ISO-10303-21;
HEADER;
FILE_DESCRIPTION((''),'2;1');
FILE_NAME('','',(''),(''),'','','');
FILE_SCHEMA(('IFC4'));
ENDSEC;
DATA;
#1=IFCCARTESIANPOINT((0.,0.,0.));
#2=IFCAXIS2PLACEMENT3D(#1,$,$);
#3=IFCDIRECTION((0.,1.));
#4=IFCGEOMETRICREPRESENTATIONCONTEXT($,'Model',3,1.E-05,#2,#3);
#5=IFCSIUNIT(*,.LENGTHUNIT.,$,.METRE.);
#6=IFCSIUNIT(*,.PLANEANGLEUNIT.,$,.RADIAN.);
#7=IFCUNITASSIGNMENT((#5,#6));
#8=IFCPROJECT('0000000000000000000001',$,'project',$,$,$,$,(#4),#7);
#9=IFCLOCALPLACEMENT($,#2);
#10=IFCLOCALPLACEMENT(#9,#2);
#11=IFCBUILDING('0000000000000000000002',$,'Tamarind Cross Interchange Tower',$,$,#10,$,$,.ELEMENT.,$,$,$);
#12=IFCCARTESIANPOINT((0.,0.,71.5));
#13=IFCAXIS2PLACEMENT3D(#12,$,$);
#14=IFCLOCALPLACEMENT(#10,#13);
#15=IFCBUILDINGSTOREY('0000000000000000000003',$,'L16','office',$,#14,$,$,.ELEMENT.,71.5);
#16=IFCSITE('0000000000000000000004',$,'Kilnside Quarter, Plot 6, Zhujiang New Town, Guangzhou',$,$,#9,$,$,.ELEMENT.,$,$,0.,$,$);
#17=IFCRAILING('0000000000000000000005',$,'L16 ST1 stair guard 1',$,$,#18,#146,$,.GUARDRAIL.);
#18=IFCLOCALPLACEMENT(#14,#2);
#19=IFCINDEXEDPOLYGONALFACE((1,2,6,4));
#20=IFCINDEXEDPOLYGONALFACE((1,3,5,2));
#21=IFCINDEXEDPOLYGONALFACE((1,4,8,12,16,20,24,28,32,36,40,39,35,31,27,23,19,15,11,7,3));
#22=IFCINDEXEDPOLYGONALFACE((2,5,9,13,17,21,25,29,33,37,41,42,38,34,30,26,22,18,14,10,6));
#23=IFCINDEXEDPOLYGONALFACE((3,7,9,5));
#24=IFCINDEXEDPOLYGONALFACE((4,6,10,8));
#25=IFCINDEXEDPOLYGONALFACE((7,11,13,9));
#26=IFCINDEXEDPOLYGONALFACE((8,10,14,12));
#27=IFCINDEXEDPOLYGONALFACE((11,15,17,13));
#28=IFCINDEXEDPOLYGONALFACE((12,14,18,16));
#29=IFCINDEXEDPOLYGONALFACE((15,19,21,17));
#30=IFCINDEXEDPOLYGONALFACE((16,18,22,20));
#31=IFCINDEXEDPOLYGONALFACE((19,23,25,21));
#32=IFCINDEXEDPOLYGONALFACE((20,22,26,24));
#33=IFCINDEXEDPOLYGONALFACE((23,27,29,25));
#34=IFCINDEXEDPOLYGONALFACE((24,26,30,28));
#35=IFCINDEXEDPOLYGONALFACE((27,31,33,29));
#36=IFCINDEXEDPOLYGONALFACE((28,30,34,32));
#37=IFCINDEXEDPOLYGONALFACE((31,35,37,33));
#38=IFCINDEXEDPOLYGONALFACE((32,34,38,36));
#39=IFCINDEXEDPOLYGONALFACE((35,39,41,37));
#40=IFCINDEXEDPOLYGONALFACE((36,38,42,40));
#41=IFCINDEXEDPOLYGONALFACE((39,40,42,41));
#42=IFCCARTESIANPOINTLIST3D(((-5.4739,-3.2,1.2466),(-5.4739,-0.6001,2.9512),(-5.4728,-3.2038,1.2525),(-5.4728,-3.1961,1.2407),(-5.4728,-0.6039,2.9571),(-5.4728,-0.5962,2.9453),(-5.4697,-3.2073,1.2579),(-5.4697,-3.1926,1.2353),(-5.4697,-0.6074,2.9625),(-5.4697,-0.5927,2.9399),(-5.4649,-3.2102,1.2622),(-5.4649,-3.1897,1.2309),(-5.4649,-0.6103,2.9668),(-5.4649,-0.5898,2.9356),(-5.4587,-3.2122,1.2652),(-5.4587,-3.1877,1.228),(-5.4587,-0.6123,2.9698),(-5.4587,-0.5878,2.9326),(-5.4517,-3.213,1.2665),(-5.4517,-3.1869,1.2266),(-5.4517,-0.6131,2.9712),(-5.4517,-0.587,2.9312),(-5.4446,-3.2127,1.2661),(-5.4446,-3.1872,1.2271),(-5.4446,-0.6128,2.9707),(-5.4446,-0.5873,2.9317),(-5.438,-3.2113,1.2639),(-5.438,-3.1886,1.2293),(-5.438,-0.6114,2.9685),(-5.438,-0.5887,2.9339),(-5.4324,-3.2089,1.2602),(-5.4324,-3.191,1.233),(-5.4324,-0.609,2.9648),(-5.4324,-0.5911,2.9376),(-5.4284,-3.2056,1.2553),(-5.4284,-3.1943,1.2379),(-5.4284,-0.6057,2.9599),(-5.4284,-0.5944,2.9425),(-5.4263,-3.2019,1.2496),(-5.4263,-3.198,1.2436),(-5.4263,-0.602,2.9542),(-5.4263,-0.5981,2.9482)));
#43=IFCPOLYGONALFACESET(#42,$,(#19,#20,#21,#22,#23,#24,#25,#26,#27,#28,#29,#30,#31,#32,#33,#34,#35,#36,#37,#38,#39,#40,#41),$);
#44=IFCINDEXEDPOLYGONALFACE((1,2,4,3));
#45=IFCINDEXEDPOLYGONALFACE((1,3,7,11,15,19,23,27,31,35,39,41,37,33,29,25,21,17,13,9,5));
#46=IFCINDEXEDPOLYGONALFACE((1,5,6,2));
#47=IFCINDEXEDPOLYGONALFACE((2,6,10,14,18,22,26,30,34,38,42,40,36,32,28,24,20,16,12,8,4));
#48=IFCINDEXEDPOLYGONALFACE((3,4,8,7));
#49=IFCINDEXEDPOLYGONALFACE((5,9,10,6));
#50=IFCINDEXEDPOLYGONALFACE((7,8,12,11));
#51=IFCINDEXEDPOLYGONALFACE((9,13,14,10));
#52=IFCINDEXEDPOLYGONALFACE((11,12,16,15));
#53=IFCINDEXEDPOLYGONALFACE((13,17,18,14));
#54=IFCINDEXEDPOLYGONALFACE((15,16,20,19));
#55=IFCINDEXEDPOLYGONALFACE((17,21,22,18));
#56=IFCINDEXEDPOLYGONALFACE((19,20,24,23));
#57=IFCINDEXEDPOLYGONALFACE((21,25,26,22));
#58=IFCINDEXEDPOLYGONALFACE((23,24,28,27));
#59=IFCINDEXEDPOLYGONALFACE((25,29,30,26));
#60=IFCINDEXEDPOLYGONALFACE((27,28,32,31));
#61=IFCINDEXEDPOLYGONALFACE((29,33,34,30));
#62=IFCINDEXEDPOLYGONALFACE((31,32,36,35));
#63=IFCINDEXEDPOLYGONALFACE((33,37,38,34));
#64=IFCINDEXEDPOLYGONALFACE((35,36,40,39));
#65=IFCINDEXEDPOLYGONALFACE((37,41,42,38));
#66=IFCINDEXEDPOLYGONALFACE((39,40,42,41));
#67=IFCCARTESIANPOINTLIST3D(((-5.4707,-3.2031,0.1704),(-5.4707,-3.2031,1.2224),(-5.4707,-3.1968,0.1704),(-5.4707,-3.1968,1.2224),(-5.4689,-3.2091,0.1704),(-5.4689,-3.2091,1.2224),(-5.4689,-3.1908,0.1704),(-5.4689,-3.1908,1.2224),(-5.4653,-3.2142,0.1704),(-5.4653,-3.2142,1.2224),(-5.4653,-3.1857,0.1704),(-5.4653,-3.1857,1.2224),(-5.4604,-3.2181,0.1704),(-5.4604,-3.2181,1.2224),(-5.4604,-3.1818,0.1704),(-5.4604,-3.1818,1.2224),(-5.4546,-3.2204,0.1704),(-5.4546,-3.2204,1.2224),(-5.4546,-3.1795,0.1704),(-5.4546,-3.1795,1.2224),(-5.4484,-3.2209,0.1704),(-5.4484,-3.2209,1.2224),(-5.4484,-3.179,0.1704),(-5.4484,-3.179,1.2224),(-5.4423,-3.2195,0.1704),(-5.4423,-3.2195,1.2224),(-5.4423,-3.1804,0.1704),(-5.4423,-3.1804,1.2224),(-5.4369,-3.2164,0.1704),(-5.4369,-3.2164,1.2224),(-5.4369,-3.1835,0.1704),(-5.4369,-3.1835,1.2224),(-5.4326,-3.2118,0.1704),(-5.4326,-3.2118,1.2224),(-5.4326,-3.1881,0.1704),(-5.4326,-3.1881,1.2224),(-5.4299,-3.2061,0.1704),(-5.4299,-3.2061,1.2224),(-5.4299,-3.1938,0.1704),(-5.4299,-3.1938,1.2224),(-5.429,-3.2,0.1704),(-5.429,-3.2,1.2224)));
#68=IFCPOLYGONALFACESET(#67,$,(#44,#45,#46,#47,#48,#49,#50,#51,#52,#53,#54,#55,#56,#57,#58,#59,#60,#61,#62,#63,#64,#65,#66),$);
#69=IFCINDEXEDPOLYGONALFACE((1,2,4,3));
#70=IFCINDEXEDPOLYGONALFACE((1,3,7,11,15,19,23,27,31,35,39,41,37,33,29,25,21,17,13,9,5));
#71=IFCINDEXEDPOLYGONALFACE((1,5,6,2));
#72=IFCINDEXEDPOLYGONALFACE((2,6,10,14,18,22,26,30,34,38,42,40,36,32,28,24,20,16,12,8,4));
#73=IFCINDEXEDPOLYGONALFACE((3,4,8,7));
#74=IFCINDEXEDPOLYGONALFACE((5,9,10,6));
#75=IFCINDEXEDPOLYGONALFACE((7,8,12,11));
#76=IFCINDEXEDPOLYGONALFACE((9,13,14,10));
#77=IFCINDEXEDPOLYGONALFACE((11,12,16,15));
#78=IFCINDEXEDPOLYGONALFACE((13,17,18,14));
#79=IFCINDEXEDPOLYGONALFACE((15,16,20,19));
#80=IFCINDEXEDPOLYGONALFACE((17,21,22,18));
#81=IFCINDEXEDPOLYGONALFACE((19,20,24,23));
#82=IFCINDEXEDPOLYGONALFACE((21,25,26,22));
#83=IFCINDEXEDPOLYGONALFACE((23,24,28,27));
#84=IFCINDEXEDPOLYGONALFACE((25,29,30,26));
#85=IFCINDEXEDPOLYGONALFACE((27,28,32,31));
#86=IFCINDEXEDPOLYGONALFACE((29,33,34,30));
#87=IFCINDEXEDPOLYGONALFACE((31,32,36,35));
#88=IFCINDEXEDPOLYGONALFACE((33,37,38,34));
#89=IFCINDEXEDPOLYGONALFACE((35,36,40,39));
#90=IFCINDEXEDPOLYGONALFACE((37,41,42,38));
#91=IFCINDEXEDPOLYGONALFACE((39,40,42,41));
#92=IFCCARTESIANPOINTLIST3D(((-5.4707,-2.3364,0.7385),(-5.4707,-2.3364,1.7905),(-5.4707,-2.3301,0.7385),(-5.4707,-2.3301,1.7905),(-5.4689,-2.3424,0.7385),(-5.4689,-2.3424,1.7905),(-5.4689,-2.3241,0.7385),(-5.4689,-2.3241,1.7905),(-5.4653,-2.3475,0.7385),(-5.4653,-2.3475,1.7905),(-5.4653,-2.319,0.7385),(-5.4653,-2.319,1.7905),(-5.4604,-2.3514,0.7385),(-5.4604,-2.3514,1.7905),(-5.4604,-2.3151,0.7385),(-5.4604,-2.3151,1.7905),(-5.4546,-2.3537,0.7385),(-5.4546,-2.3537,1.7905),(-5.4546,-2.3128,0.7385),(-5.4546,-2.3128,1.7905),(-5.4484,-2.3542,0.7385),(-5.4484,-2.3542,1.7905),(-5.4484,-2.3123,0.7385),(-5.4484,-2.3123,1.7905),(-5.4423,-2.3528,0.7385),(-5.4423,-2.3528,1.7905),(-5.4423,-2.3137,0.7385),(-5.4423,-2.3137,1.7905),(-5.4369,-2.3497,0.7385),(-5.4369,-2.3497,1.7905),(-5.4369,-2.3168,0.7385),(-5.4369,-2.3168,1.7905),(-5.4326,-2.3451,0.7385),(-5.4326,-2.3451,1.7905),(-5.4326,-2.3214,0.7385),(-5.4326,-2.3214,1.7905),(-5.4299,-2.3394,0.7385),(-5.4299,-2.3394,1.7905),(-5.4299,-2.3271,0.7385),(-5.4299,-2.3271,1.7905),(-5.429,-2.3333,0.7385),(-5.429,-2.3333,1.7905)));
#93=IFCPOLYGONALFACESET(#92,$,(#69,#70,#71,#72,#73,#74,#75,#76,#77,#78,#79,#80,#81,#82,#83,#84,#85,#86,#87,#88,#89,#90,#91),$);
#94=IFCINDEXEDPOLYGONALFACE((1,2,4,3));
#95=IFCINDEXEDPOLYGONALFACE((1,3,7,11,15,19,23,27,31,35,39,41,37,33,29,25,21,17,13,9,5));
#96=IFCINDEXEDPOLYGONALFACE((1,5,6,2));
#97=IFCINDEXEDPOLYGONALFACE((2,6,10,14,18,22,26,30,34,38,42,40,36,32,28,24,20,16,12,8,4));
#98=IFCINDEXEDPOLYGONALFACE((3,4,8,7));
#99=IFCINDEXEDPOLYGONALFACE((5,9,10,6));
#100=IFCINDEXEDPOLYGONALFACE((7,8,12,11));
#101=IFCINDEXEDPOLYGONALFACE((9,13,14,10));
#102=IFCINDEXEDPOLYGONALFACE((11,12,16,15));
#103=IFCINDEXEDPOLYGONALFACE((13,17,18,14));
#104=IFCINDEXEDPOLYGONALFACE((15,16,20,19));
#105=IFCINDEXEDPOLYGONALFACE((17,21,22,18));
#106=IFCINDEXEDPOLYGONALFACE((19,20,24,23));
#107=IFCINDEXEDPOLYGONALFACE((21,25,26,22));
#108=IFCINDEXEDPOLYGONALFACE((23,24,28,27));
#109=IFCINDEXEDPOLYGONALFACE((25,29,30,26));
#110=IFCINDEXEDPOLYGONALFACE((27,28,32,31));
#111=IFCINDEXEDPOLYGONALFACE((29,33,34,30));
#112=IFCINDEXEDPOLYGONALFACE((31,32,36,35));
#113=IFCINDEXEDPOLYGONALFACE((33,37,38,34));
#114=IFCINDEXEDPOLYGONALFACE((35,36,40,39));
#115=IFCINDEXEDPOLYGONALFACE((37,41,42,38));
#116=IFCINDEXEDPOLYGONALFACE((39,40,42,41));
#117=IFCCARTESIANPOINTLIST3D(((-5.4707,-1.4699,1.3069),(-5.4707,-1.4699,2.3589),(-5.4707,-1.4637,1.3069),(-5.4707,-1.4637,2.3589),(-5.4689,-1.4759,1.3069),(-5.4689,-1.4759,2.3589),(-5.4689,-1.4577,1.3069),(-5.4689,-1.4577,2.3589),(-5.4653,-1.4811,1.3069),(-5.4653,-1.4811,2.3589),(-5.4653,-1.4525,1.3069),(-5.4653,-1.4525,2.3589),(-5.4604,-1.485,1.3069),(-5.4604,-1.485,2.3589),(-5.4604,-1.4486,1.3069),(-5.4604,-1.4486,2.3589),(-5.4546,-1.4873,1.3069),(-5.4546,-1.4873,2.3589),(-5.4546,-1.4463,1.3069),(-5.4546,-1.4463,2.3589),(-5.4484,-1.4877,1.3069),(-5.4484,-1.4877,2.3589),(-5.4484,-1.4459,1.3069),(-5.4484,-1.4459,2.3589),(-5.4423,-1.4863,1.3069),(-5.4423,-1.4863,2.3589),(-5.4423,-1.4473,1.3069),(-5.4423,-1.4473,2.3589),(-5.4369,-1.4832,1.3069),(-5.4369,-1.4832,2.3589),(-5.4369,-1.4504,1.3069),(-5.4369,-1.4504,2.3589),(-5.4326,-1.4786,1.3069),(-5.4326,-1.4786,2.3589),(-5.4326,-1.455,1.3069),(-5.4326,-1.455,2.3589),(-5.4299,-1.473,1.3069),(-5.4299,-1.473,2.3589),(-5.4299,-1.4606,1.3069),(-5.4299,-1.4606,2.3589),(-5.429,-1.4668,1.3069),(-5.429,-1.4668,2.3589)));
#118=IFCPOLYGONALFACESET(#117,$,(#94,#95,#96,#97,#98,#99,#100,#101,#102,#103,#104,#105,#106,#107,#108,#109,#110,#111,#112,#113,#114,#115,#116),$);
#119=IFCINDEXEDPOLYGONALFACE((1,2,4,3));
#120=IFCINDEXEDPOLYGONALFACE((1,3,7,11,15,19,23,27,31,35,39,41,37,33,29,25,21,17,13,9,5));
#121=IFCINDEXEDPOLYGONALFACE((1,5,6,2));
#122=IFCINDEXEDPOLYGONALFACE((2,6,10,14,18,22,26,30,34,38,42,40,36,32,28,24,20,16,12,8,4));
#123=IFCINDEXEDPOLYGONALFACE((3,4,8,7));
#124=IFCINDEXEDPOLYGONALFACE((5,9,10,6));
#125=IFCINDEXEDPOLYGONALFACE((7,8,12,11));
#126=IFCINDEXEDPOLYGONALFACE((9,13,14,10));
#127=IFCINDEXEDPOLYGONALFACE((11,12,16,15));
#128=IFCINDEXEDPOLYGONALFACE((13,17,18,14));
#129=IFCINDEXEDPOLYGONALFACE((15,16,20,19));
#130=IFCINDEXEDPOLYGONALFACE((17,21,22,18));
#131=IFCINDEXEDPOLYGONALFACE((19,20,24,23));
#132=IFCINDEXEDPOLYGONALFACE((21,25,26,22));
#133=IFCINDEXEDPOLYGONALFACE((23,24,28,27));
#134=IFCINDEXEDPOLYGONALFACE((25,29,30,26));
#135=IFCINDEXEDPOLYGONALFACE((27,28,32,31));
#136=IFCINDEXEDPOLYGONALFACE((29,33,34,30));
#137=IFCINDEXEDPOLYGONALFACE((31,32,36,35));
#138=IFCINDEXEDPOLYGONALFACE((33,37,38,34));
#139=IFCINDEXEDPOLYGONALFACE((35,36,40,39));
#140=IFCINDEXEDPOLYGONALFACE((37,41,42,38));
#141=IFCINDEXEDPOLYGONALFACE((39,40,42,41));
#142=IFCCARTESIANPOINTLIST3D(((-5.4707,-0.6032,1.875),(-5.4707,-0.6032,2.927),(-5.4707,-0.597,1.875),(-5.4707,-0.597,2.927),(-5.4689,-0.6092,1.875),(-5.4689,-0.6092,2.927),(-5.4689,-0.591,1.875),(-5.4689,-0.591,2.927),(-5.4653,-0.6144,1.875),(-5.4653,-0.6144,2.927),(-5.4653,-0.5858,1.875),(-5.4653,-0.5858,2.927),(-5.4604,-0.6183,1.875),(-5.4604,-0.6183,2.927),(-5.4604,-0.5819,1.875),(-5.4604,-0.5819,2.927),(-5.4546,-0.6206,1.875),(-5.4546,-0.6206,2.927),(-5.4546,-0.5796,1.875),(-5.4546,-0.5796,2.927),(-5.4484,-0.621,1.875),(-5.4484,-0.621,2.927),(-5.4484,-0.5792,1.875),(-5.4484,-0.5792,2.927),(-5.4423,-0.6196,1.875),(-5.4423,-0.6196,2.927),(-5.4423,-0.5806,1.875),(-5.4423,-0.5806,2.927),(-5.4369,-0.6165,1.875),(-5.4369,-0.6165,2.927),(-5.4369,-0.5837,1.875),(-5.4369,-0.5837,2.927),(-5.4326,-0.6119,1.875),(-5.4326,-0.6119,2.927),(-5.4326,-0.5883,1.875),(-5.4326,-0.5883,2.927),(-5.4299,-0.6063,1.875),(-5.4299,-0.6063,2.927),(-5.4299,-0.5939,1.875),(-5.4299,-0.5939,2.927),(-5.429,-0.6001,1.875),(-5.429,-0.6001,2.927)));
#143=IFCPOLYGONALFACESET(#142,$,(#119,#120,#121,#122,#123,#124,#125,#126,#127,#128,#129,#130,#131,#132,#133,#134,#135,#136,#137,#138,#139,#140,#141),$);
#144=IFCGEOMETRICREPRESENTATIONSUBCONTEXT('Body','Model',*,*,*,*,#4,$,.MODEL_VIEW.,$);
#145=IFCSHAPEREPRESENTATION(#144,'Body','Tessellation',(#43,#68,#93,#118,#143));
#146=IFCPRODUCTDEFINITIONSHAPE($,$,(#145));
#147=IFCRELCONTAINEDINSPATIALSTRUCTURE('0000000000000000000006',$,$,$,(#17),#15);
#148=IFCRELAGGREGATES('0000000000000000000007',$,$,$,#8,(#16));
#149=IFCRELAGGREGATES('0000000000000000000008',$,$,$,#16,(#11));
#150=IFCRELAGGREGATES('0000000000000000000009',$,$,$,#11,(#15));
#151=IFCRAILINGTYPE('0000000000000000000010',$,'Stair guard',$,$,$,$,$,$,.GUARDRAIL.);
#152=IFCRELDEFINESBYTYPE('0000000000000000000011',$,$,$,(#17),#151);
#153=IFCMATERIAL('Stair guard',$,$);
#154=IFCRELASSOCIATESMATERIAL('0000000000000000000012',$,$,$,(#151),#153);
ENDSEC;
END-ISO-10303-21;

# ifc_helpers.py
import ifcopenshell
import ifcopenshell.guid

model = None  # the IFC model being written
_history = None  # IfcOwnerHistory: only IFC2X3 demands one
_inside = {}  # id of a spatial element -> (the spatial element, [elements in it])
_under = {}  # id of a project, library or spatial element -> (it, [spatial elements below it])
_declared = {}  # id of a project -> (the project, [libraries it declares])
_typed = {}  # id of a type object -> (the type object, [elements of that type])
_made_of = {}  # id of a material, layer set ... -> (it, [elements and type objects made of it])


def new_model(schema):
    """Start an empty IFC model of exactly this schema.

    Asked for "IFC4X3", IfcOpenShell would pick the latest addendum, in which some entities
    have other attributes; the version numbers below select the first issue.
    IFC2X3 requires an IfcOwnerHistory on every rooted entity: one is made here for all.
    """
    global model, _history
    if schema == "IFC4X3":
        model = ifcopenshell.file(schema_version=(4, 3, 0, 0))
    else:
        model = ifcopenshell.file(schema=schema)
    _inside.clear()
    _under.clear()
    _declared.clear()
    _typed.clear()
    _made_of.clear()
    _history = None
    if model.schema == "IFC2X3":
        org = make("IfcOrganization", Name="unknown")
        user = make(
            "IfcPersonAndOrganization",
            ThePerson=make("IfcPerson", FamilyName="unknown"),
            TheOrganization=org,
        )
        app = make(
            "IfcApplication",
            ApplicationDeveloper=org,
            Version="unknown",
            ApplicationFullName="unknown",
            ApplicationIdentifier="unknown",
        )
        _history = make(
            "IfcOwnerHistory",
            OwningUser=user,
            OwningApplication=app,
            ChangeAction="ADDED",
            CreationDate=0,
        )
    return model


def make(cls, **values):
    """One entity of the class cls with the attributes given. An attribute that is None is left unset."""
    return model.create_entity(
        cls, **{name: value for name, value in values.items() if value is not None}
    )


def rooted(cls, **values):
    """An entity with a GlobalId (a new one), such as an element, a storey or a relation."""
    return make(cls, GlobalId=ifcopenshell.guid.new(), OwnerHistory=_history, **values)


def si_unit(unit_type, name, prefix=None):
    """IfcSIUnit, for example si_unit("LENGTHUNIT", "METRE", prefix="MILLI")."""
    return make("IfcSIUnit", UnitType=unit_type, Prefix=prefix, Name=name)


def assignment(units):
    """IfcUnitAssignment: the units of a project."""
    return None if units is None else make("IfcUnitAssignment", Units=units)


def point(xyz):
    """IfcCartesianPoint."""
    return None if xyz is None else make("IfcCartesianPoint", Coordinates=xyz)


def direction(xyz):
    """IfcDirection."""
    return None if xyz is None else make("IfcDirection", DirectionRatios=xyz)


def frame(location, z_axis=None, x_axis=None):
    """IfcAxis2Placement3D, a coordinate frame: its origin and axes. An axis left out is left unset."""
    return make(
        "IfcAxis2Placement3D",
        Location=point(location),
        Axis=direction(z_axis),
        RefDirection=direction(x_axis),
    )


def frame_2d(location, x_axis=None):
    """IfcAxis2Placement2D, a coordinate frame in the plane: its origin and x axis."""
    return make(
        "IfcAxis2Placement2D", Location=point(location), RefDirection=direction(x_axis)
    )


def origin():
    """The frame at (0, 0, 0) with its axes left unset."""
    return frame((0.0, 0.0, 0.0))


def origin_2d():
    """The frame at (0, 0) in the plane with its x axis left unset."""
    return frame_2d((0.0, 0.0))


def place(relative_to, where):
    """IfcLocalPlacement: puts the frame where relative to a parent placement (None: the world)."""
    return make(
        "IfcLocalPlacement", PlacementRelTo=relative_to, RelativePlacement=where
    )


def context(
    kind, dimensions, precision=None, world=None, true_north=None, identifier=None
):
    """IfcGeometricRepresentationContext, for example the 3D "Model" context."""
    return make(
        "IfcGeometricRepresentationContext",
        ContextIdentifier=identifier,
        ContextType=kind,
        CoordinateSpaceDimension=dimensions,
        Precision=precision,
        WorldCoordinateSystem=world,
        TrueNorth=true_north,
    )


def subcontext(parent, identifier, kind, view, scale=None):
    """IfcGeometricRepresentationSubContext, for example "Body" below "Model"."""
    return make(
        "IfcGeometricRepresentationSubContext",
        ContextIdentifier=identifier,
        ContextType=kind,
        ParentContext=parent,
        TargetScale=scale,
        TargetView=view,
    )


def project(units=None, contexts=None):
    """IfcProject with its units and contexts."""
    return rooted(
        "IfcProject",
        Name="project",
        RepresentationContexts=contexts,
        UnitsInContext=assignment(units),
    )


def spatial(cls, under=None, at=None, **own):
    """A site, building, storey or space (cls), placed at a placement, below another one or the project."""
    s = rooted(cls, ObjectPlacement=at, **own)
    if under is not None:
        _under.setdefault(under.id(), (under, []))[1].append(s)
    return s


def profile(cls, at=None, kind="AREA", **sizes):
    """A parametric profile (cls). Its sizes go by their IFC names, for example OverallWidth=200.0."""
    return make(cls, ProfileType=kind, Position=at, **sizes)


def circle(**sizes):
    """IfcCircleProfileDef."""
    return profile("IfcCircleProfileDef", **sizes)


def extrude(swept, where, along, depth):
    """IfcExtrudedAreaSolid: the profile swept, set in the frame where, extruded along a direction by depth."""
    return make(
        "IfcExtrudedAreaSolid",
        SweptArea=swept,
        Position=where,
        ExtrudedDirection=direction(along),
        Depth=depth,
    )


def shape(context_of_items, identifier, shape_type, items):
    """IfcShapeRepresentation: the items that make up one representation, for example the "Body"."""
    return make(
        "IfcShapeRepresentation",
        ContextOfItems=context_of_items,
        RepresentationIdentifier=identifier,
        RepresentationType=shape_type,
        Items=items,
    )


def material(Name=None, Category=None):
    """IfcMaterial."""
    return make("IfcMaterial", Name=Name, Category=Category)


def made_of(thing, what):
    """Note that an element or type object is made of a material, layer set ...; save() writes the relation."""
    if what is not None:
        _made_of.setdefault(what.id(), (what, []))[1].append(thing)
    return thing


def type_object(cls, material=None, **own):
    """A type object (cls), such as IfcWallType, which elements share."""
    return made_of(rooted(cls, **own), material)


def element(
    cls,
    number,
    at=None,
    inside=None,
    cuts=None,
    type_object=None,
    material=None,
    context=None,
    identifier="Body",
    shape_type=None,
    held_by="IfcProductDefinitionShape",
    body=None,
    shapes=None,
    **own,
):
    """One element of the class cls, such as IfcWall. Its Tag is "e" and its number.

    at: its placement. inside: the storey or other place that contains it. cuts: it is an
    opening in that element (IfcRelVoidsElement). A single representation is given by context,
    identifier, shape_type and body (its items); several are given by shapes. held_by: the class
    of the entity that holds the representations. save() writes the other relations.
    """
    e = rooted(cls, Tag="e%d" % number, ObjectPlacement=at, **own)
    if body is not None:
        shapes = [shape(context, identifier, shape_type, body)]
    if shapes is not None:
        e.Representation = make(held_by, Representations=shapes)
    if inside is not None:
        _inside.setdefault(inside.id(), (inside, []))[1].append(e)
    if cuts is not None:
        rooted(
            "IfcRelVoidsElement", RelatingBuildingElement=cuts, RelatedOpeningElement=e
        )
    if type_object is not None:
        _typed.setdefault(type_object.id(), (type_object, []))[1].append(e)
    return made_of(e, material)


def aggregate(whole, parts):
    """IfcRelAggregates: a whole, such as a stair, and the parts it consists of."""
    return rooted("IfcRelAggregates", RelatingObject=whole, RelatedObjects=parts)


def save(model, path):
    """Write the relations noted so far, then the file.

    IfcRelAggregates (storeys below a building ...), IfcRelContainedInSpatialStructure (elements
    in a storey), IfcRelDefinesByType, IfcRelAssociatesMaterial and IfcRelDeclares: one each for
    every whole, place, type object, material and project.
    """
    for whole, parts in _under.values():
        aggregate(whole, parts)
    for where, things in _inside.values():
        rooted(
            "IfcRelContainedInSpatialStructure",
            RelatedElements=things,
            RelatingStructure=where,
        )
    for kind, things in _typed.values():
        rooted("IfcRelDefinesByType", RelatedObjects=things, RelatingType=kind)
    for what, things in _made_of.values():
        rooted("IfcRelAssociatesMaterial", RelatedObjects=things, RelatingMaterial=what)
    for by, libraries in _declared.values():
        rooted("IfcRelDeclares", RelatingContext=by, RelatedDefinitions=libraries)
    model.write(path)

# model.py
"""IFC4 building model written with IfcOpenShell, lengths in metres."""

from ifc_helpers import new_model, si_unit, direction, frame, origin, origin_2d, place, context, subcontext, project, spatial, circle, extrude, material, type_object, element, save


model = new_model("IFC4")

# Units and contexts
model_context = context("Model", 3, precision=1e-05, world=origin(), true_north=direction((0.0, 1.0)))
body_context = subcontext(model_context, "Body", "Model", "MODEL_VIEW")
ifc_project = project(units=[si_unit("LENGTHUNIT", "METRE"), si_unit("PLANEANGLEUNIT", "RADIAN")], contexts=[model_context])

# Site, building, storey
site_placement = place(None, origin())
site = spatial("IfcSite", under=ifc_project, at=site_placement, Name="Kilnside Quarter, Plot 6, Zhujiang New Town, Guangzhou", CompositionType="ELEMENT", RefElevation=0.0)
building_placement = place(site_placement, origin())
building = spatial("IfcBuilding", under=site, at=building_placement, Name="Tamarind Cross Interchange Tower", CompositionType="ELEMENT")
storey_placement = place(building_placement, frame((0.0, 0.0, 71.5)))
storey = spatial("IfcBuildingStorey", under=building, at=storey_placement, Name="L16", Description="office", CompositionType="ELEMENT", Elevation=71.5)

# Railing
ifc_material_1 = material(Name="Stair guard")
railing_type_1 = type_object("IfcRailingType", Name="Stair guard", PredefinedType="GUARDRAIL", material=ifc_material_1)
railing_1_placement = place(storey_placement, frame((-5.45, -3.2, 0.1704)))
element("IfcRailing", 1, at=railing_1_placement, inside=storey, type_object=railing_type_1, Name="L16 ST1 stair guard 1", PredefinedType="GUARDRAIL", context=body_context, shape_type="SweptSolid", body=[
    extrude(circle(Radius=0.0239, at=origin_2d()), frame((0.0, 0.0, 1.0762), z_axis=(0.0, 0.836279, 0.548305), x_axis=(-1.0, 0.0, 0.0)), (0.0, 0.0, 1.0), 3.1089),
    extrude(circle(Radius=0.021, at=origin_2d()), origin(), (0.0, 0.0, 1.0), 1.052),
    extrude(circle(Radius=0.021, at=origin_2d()), frame((0.0, 0.8667, 0.5681)), (0.0, 0.0, 1.0), 1.052),
    extrude(circle(Radius=0.021, at=origin_2d()), frame((0.0, 1.7332, 1.1365)), (0.0, 0.0, 1.0), 1.052),
    extrude(circle(Radius=0.021, at=origin_2d()), frame((0.0, 2.5999, 1.7046)), (0.0, 0.0, 1.0), 1.052),
])

save(model, "model.ifc")
